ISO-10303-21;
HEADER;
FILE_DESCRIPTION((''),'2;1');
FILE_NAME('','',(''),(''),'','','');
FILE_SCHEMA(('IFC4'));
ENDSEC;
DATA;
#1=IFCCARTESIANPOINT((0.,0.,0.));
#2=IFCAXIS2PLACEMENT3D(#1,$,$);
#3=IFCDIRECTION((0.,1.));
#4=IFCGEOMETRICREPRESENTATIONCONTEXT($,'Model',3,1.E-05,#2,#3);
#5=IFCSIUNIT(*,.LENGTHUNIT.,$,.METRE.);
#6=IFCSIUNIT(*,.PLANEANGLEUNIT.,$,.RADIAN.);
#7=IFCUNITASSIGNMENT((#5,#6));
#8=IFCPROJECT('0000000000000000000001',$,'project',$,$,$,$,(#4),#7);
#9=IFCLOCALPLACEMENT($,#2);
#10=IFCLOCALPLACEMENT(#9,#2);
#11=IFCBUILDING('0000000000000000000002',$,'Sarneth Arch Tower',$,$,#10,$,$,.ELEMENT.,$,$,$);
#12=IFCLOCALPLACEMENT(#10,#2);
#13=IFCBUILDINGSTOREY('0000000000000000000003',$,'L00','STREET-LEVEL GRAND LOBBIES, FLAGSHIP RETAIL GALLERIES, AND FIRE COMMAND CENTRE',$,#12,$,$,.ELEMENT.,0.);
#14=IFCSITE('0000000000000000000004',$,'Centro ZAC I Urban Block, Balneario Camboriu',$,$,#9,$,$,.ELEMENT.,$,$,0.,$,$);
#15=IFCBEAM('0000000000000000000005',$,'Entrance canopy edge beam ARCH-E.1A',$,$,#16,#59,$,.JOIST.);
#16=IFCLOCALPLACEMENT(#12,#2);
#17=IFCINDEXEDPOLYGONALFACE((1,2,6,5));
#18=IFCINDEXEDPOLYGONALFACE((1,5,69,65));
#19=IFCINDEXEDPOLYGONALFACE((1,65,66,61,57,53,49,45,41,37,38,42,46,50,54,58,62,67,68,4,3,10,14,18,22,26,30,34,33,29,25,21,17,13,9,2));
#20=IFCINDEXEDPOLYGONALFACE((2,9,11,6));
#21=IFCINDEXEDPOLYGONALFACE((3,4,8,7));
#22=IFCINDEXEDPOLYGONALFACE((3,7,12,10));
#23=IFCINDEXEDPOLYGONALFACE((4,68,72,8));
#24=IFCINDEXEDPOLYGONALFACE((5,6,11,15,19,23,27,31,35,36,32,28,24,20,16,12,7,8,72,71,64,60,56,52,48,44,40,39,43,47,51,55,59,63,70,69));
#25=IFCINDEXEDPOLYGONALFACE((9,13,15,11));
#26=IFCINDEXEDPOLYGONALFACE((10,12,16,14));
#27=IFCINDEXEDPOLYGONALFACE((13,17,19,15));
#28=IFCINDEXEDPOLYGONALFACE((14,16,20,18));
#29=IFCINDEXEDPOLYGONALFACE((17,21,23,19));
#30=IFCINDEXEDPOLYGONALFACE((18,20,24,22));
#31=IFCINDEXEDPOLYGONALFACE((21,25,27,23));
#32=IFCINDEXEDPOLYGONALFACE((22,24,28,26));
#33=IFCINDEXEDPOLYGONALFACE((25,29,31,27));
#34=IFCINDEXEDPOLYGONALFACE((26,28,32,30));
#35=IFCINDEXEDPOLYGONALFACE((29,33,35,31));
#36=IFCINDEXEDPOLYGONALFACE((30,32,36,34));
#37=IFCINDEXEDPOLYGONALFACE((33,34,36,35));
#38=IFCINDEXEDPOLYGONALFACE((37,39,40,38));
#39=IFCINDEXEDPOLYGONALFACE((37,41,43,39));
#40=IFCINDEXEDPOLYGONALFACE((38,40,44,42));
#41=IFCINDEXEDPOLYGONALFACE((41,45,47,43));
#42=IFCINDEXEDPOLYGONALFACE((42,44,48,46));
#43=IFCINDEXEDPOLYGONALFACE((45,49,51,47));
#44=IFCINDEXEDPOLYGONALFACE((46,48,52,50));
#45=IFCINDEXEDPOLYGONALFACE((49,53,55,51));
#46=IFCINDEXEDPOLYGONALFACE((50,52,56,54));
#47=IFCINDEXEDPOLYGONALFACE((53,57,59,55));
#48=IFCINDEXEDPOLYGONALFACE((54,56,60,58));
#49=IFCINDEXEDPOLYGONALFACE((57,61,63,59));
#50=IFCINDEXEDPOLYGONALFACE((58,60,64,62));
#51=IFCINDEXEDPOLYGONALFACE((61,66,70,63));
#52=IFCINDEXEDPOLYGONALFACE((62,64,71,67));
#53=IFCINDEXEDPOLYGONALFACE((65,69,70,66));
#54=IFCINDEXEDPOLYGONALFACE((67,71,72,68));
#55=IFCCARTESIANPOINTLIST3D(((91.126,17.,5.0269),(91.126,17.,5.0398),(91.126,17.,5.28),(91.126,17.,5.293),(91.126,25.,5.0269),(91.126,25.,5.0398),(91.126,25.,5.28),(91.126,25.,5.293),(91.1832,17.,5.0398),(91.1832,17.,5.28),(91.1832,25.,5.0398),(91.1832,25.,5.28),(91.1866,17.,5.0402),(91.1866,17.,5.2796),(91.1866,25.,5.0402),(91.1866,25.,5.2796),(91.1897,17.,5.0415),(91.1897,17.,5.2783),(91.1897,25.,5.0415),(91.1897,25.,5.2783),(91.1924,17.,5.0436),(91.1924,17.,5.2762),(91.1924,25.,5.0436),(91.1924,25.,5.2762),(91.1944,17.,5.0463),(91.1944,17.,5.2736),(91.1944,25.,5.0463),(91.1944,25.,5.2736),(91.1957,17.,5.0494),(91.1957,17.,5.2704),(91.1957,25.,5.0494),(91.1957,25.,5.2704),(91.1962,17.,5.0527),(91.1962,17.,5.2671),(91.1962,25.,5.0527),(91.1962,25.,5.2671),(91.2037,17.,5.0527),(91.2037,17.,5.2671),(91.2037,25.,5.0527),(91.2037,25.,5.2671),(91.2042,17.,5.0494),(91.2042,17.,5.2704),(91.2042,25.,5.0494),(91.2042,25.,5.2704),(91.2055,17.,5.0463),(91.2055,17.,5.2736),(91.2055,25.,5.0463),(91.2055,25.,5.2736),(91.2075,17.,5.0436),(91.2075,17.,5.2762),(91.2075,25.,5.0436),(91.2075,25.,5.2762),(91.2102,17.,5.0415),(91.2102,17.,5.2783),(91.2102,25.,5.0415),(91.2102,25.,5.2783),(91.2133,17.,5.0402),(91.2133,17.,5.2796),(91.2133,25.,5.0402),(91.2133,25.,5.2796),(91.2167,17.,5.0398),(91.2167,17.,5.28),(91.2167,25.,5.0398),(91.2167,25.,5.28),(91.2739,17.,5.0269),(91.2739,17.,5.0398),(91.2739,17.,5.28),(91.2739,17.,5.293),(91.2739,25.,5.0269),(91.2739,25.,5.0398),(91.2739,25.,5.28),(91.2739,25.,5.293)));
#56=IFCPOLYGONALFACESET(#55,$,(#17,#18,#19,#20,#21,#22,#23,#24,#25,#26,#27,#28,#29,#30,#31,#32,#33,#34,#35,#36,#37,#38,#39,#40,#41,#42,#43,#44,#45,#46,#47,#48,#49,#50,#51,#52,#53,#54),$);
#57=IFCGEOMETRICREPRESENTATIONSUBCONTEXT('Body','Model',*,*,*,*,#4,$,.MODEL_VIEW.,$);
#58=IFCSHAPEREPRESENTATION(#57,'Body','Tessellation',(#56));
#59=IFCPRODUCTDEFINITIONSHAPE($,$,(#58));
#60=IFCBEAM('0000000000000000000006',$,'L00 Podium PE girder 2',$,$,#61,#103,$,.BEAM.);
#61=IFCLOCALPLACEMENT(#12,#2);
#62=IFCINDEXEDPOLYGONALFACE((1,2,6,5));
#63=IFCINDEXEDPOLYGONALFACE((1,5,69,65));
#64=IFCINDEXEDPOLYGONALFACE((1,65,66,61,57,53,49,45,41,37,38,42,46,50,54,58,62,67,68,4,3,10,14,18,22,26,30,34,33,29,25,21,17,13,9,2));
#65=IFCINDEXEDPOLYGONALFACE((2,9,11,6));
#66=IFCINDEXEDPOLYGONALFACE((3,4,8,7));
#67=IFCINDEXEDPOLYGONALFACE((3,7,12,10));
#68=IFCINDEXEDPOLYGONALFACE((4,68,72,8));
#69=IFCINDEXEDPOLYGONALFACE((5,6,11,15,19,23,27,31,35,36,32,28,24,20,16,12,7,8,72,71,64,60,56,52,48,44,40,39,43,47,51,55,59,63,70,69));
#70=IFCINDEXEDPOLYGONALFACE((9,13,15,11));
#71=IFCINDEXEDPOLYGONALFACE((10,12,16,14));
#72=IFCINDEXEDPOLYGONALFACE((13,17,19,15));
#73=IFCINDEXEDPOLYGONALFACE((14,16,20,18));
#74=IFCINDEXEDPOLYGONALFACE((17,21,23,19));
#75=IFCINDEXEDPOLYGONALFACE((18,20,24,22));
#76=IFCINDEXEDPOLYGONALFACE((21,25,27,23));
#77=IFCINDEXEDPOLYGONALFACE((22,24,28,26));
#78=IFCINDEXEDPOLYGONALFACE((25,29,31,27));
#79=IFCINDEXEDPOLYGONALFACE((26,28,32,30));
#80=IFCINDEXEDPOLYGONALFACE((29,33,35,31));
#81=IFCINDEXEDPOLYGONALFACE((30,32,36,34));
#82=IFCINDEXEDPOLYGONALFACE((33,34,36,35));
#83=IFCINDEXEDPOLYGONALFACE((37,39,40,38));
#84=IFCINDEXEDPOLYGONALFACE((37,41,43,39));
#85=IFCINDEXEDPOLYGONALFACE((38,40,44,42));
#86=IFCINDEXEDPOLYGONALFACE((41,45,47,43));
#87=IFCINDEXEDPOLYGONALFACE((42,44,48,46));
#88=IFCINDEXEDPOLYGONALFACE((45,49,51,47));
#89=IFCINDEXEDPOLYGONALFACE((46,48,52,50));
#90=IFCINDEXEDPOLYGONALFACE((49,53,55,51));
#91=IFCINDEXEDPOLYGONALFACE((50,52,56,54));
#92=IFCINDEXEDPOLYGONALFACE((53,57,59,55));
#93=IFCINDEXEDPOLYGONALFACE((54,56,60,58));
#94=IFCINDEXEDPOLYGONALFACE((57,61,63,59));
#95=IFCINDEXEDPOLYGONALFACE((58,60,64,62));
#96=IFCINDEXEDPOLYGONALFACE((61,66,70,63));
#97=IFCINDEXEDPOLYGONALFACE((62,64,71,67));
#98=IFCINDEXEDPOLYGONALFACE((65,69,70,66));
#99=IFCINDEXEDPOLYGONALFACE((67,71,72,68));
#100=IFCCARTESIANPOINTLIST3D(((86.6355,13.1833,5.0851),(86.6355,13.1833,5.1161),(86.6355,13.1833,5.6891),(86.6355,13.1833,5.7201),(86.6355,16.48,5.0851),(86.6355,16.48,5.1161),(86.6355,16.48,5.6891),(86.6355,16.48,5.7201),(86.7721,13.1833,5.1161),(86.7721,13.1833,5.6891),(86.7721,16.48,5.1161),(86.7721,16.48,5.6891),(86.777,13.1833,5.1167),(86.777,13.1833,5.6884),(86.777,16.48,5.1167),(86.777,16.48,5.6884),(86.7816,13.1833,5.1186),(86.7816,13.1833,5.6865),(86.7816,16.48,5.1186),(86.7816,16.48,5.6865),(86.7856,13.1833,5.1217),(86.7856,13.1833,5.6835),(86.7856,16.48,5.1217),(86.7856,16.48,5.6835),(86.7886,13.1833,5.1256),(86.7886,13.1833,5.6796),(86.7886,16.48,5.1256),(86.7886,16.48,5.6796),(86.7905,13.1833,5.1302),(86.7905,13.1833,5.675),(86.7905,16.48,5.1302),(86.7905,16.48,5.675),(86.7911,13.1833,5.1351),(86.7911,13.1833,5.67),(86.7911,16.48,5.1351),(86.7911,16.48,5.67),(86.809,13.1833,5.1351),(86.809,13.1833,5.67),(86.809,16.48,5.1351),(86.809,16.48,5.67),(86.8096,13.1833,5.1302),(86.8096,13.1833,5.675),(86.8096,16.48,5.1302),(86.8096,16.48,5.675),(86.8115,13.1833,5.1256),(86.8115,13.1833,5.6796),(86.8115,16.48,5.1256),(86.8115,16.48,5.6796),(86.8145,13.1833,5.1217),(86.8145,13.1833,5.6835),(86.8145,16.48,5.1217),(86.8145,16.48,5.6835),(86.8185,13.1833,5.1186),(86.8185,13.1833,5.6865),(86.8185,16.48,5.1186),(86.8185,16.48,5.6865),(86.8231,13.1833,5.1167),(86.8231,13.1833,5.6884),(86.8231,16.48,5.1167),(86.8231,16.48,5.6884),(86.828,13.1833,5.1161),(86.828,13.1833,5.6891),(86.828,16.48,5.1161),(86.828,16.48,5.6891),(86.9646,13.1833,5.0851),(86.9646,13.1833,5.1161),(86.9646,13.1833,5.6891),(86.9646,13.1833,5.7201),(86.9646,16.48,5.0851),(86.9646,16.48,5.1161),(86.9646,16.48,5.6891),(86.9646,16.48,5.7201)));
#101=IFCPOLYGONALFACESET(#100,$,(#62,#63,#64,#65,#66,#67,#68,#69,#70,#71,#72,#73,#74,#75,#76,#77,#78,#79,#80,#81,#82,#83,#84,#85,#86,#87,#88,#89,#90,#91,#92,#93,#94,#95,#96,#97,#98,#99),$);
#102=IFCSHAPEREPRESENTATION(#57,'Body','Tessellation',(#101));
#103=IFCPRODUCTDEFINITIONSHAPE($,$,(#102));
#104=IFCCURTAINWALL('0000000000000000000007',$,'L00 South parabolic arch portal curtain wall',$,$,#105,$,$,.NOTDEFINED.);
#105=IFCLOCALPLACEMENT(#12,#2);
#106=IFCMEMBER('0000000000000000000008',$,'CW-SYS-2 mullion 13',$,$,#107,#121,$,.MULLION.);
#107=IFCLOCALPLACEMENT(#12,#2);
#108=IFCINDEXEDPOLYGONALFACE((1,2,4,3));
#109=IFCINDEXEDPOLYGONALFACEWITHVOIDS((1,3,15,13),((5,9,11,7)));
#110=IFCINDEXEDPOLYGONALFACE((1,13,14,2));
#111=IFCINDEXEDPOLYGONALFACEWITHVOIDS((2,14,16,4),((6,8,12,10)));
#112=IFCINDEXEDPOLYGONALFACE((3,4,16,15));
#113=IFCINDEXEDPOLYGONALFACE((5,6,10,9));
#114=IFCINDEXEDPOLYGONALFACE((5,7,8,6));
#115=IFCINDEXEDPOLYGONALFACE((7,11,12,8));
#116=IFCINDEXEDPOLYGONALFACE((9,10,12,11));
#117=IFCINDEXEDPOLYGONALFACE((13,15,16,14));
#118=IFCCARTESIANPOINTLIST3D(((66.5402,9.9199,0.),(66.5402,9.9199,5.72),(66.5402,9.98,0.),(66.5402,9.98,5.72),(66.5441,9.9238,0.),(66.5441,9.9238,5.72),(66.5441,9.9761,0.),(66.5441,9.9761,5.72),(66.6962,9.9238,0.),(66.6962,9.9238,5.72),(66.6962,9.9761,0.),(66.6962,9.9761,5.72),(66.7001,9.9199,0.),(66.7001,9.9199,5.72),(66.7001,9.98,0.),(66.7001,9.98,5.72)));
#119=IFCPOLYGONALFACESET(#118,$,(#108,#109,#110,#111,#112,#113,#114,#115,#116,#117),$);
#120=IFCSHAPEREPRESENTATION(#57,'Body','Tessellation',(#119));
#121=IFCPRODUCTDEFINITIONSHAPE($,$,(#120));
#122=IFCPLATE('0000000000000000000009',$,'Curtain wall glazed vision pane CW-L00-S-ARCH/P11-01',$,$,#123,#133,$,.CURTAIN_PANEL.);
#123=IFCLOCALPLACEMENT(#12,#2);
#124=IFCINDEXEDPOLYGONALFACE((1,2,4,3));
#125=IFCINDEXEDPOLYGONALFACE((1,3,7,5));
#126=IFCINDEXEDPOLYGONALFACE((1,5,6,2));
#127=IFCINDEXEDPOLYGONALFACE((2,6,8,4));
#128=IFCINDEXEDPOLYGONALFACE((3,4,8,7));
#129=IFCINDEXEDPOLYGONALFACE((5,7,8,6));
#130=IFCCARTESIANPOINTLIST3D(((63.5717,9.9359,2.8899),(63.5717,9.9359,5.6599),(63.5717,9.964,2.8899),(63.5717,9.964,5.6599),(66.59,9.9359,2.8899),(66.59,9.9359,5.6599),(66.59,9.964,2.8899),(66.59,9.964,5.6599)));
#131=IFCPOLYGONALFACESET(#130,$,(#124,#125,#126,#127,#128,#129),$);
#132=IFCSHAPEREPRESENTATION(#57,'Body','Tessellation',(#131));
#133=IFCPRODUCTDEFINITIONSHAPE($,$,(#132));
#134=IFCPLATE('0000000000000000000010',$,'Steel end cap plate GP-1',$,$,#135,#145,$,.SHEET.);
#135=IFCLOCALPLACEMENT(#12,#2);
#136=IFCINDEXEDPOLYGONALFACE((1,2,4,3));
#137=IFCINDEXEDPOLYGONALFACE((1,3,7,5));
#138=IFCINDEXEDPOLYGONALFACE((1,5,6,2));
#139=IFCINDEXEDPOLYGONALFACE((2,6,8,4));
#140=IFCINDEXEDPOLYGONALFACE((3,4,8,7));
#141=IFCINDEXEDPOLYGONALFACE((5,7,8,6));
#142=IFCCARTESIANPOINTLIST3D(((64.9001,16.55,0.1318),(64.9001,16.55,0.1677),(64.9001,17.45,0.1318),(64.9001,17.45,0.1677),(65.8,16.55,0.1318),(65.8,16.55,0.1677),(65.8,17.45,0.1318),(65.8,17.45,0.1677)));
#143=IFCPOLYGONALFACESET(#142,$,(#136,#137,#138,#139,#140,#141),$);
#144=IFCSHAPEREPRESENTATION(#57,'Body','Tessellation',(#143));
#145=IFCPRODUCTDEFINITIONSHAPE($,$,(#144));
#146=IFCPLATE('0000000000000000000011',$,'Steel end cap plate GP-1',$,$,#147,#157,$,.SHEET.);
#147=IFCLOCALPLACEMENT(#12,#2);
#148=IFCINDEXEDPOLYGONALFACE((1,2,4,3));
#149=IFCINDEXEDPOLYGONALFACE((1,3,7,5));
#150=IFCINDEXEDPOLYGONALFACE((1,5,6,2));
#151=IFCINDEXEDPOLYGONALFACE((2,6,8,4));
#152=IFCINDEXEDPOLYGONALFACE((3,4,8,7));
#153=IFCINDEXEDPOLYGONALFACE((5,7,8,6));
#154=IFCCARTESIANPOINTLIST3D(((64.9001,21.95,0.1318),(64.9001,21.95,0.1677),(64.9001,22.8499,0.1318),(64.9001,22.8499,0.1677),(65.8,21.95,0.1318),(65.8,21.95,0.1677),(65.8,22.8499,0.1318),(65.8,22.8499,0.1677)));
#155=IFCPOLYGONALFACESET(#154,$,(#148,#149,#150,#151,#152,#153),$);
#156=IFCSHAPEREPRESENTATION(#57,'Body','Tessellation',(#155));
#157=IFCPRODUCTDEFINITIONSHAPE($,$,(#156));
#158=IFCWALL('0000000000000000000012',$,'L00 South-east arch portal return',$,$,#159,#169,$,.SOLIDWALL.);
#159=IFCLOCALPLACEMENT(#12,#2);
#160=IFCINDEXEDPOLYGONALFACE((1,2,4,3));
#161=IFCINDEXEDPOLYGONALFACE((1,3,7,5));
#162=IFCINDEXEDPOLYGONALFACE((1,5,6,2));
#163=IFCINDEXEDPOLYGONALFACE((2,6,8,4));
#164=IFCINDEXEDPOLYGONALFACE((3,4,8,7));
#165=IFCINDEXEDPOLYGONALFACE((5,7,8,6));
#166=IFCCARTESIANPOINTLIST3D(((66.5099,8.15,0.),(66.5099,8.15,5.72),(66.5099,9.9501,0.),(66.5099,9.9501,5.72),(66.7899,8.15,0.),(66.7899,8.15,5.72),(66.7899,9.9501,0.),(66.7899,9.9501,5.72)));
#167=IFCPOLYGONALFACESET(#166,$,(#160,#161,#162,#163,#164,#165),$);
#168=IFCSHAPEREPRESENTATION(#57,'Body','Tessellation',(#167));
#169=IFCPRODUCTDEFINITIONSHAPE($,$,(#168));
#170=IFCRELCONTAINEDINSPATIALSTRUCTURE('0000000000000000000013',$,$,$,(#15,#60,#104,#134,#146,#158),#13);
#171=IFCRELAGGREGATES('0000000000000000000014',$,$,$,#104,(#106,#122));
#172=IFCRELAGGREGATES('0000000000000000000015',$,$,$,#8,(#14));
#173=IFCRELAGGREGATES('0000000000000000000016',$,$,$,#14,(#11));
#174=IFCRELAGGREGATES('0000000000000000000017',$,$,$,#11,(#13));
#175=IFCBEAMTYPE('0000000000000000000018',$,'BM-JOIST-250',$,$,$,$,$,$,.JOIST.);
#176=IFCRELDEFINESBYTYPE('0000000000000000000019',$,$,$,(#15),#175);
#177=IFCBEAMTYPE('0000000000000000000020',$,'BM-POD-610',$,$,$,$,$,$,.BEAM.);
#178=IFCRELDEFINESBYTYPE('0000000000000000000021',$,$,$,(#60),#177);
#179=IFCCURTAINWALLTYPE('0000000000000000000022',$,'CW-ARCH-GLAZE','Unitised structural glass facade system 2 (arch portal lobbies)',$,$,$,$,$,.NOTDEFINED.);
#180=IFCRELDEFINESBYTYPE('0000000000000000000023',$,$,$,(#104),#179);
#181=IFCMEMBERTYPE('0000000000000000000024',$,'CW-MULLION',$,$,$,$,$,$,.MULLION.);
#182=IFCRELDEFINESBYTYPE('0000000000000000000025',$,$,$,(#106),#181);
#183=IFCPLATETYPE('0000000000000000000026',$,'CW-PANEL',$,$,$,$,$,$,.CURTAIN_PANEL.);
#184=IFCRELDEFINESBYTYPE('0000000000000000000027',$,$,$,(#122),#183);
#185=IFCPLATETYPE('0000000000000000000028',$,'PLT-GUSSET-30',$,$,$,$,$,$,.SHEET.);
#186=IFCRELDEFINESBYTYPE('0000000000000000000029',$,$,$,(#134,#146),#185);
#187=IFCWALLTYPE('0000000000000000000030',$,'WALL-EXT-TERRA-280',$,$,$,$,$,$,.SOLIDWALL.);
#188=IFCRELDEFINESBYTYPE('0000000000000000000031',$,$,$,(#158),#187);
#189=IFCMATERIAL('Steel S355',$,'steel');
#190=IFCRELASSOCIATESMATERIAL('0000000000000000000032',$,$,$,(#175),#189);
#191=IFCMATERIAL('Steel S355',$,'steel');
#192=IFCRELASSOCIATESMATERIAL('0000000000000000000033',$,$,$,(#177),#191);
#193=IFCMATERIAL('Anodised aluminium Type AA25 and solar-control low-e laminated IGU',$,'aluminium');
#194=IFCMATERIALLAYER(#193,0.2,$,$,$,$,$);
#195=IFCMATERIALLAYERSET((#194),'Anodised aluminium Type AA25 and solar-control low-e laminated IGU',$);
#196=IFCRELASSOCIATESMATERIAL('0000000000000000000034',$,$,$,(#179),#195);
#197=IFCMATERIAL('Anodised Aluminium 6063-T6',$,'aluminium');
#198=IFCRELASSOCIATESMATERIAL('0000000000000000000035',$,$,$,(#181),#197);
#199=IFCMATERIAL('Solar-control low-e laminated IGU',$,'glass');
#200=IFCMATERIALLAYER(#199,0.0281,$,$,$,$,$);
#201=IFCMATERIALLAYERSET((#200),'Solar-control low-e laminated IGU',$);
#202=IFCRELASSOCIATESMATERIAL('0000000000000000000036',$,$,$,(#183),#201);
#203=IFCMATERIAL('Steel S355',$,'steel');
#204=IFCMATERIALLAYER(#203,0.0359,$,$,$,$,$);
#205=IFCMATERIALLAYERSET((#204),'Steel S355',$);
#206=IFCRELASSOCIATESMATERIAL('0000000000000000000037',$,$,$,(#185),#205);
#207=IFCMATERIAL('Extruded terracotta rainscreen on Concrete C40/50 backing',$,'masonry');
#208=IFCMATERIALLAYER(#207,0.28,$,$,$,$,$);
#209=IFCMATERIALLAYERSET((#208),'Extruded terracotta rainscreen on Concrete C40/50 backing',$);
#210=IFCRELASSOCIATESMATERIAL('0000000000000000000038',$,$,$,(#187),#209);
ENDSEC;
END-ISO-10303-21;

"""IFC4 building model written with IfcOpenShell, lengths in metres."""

from ifc_helpers import new_model, si_unit, direction, frame, frame_2d, origin, origin_2d, place, context, subcontext, project, spatial, rectangle, hollow_rectangle, i_section, extrude, material, layer, layer_set, material_profile, profile_set, type_object, element, aggregate, save


model = new_model("IFC4")

# Units and contexts
model_context = context("Model", 3, precision=1e-05, world=origin(), true_north=direction((0.0, 1.0)))
body_context = subcontext(model_context, "Body", "Model", "MODEL_VIEW")
ifc_project = project(units=[si_unit("LENGTHUNIT", "METRE"), si_unit("PLANEANGLEUNIT", "RADIAN")], contexts=[model_context])

# Site, building, storey
site_placement = place(None, origin())
site = spatial("IfcSite", under=ifc_project, at=site_placement, Name="Centro ZAC I Urban Block, Balneario Camboriu", CompositionType="ELEMENT", RefElevation=0.0)
building_placement = place(site_placement, origin())
building = spatial("IfcBuilding", under=site, at=building_placement, Name="Sarneth Arch Tower", CompositionType="ELEMENT")
storey_placement = place(building_placement, origin())
storey = spatial("IfcBuildingStorey", under=building, at=storey_placement, Name="L00", Description="STREET-LEVEL GRAND LOBBIES, FLAGSHIP RETAIL GALLERIES, AND FIRE COMMAND CENTRE", CompositionType="ELEMENT", Elevation=0.0)

# Beams
ifc_material_1 = material(Name="Steel S355", Category="steel")
ifc_material_profile_1 = material_profile(ifc_material_1, i_section(OverallWidth=0.1479, OverallDepth=0.2661, WebThickness=0.0076, FlangeThickness=0.0129, FilletRadius=0.0129, at=origin_2d()), Name="W250x44.8")
ifc_profile_set_1 = profile_set([ifc_material_profile_1], Name="Steel S355")
beam_type_1 = type_object("IfcBeamType", Name="BM-JOIST-250", PredefinedType="JOIST", material=ifc_profile_set_1)
beam_1_placement = place(storey_placement, frame((91.2, 17.0, 5.1599), z_axis=(0.0, 1.0, 0.0), x_axis=(-1.0, 0.0, 0.0)))
element("IfcBeam", 1, at=beam_1_placement, inside=storey, type_object=beam_type_1, Name="Entrance canopy edge beam ARCH-E.1A", PredefinedType="JOIST", context=body_context, shape_type="SweptSolid", body=[
    extrude(i_section(OverallWidth=0.1479, OverallDepth=0.2661, WebThickness=0.0076, FlangeThickness=0.0129, FilletRadius=0.0129, at=origin_2d()), origin(), (0.0, 0.0, 1.0), 8.0),
])
ifc_material_2 = material(Name="Steel S355", Category="steel")
ifc_material_profile_2 = material_profile(ifc_material_2, i_section(OverallWidth=0.3291, OverallDepth=0.635, WebThickness=0.0178, FlangeThickness=0.031, FilletRadius=0.019, at=origin_2d()), Name="W610x241")
ifc_profile_set_2 = profile_set([ifc_material_profile_2], Name="Steel S355")
beam_type_2 = type_object("IfcBeamType", Name="BM-POD-610", PredefinedType="BEAM", material=ifc_profile_set_2)
beam_2_placement = place(storey_placement, frame((86.8, 13.1833, 5.4026), z_axis=(0.0, 1.0, 0.0), x_axis=(-1.0, 0.0, 0.0)))
element("IfcBeam", 2, at=beam_2_placement, inside=storey, type_object=beam_type_2, Name="L00 Podium PE girder 2", PredefinedType="BEAM", context=body_context, shape_type="SweptSolid", body=[
    extrude(i_section(OverallWidth=0.3291, OverallDepth=0.635, WebThickness=0.0178, FlangeThickness=0.031, FilletRadius=0.019, at=origin_2d()), origin(), (0.0, 0.0, 1.0), 3.2966),
])

# Curtain wall, member, plate
ifc_material_3 = material(Name="Anodised aluminium Type AA25 and solar-control low-e laminated IGU", Category="aluminium")
ifc_layer_1 = layer(ifc_material_3, 0.2)
ifc_layer_set_1 = layer_set([ifc_layer_1], Name="Anodised aluminium Type AA25 and solar-control low-e laminated IGU")
curtain_wall_type = type_object("IfcCurtainWallType", Name="CW-ARCH-GLAZE", Description="Unitised structural glass facade system 2 (arch portal lobbies)", PredefinedType="NOTDEFINED", material=ifc_layer_set_1)
curtain_wall_placement = place(storey_placement, origin())
curtain_wall = element("IfcCurtainWall", 3, at=curtain_wall_placement, inside=storey, type_object=curtain_wall_type, Name="L00 South parabolic arch portal curtain wall", PredefinedType="NOTDEFINED")
ifc_material_4 = material(Name="Anodised Aluminium 6063-T6", Category="aluminium")
ifc_material_profile_3 = material_profile(ifc_material_4, hollow_rectangle(XDim=0.0601, YDim=0.1599, WallThickness=0.0039, at=origin_2d()), Name="AL-MULL-160x60x4")
ifc_profile_set_3 = profile_set([ifc_material_profile_3], Name="Anodised Aluminium 6063-T6")
member_type = type_object("IfcMemberType", Name="CW-MULLION", PredefinedType="MULLION", material=ifc_profile_set_3)
member_placement = place(storey_placement, frame((66.6201, 9.95, 0.0), z_axis=(0.0, 0.0, 1.0), x_axis=(0.0, 1.0, 0.0)))
member = element("IfcMember", 4, at=member_placement, type_object=member_type, Name="CW-SYS-2 mullion 13", PredefinedType="MULLION", context=body_context, shape_type="SweptSolid", body=[
    extrude(hollow_rectangle(XDim=0.0601, YDim=0.1599, WallThickness=0.0039, at=origin_2d()), origin(), (0.0, 0.0, 1.0), 5.72),
])
ifc_material_5 = material(Name="Solar-control low-e laminated IGU", Category="glass")
ifc_layer_2 = layer(ifc_material_5, 0.0281)
ifc_layer_set_2 = layer_set([ifc_layer_2], Name="Solar-control low-e laminated IGU")
plate_type_1 = type_object("IfcPlateType", Name="CW-PANEL", PredefinedType="CURTAIN_PANEL", material=ifc_layer_set_2)
plate_placement = place(storey_placement, frame((65.0808, 9.95, 2.8899), z_axis=(0.0, 0.0, 1.0), x_axis=(1.0, 0.0, 0.0)))
plate = element("IfcPlate", 5, at=plate_placement, type_object=plate_type_1, Name="Curtain wall glazed vision pane CW-L00-S-ARCH/P11-01", PredefinedType="CURTAIN_PANEL", context=body_context, shape_type="SweptSolid", body=[
    extrude(rectangle(XDim=3.0183, YDim=0.0281, at=origin_2d()), origin(), (0.0, 0.0, 1.0), 2.77),
])
aggregate(curtain_wall, [member, plate])

# Plates
ifc_material_6 = material(Name="Steel S355", Category="steel")
ifc_layer_3 = layer(ifc_material_6, 0.0359)
ifc_layer_set_3 = layer_set([ifc_layer_3], Name="Steel S355")
plate_type_2 = type_object("IfcPlateType", Name="PLT-GUSSET-30", PredefinedType="SHEET", material=ifc_layer_set_3)
for number, where, z_axis, x_axis, name in (
    (6, (65.3501, 17.0, 0.1318), (0.0, 0.0, 1.0), (-1.0, 0.0, 0.0), "Steel end cap plate GP-1"),
    (7, (65.3501, 22.3999, 0.1318), (0.0, 0.0, 1.0), (-1.0, 0.0, 0.0), "Steel end cap plate GP-1"),
):
    element("IfcPlate", number, at=place(storey_placement, frame(where, z_axis=z_axis, x_axis=x_axis)), inside=storey, type_object=plate_type_2, Name=name, PredefinedType="SHEET", context=body_context, shape_type="SweptSolid", body=[
        extrude(rectangle(XDim=0.8999, YDim=0.8999, at=origin_2d()), origin(), (0.0, 0.0, 1.0), 0.0359),
    ])

# Wall
ifc_material_7 = material(Name="Extruded terracotta rainscreen on Concrete C40/50 backing", Category="masonry")
ifc_layer_4 = layer(ifc_material_7, 0.28)
ifc_layer_set_4 = layer_set([ifc_layer_4], Name="Extruded terracotta rainscreen on Concrete C40/50 backing")
wall_type_1 = type_object("IfcWallType", Name="WALL-EXT-TERRA-280", PredefinedType="SOLIDWALL", material=ifc_layer_set_4)
wall_1_placement = place(storey_placement, frame((66.6499, 9.95, 0.0), z_axis=(0.0, 0.0, 1.0), x_axis=(0.0, -1.0, 0.0)))
element("IfcWall", 8, at=wall_1_placement, inside=storey, type_object=wall_type_1, Name="L00 South-east arch portal return", PredefinedType="SOLIDWALL", context=body_context, shape_type="SweptSolid", body=[
    extrude(rectangle(XDim=1.8, YDim=0.28, at=frame_2d((0.8999, 0.0))), origin(), (0.0, 0.0, 1.0), 5.72),
])

save(model, "model.ifc")
